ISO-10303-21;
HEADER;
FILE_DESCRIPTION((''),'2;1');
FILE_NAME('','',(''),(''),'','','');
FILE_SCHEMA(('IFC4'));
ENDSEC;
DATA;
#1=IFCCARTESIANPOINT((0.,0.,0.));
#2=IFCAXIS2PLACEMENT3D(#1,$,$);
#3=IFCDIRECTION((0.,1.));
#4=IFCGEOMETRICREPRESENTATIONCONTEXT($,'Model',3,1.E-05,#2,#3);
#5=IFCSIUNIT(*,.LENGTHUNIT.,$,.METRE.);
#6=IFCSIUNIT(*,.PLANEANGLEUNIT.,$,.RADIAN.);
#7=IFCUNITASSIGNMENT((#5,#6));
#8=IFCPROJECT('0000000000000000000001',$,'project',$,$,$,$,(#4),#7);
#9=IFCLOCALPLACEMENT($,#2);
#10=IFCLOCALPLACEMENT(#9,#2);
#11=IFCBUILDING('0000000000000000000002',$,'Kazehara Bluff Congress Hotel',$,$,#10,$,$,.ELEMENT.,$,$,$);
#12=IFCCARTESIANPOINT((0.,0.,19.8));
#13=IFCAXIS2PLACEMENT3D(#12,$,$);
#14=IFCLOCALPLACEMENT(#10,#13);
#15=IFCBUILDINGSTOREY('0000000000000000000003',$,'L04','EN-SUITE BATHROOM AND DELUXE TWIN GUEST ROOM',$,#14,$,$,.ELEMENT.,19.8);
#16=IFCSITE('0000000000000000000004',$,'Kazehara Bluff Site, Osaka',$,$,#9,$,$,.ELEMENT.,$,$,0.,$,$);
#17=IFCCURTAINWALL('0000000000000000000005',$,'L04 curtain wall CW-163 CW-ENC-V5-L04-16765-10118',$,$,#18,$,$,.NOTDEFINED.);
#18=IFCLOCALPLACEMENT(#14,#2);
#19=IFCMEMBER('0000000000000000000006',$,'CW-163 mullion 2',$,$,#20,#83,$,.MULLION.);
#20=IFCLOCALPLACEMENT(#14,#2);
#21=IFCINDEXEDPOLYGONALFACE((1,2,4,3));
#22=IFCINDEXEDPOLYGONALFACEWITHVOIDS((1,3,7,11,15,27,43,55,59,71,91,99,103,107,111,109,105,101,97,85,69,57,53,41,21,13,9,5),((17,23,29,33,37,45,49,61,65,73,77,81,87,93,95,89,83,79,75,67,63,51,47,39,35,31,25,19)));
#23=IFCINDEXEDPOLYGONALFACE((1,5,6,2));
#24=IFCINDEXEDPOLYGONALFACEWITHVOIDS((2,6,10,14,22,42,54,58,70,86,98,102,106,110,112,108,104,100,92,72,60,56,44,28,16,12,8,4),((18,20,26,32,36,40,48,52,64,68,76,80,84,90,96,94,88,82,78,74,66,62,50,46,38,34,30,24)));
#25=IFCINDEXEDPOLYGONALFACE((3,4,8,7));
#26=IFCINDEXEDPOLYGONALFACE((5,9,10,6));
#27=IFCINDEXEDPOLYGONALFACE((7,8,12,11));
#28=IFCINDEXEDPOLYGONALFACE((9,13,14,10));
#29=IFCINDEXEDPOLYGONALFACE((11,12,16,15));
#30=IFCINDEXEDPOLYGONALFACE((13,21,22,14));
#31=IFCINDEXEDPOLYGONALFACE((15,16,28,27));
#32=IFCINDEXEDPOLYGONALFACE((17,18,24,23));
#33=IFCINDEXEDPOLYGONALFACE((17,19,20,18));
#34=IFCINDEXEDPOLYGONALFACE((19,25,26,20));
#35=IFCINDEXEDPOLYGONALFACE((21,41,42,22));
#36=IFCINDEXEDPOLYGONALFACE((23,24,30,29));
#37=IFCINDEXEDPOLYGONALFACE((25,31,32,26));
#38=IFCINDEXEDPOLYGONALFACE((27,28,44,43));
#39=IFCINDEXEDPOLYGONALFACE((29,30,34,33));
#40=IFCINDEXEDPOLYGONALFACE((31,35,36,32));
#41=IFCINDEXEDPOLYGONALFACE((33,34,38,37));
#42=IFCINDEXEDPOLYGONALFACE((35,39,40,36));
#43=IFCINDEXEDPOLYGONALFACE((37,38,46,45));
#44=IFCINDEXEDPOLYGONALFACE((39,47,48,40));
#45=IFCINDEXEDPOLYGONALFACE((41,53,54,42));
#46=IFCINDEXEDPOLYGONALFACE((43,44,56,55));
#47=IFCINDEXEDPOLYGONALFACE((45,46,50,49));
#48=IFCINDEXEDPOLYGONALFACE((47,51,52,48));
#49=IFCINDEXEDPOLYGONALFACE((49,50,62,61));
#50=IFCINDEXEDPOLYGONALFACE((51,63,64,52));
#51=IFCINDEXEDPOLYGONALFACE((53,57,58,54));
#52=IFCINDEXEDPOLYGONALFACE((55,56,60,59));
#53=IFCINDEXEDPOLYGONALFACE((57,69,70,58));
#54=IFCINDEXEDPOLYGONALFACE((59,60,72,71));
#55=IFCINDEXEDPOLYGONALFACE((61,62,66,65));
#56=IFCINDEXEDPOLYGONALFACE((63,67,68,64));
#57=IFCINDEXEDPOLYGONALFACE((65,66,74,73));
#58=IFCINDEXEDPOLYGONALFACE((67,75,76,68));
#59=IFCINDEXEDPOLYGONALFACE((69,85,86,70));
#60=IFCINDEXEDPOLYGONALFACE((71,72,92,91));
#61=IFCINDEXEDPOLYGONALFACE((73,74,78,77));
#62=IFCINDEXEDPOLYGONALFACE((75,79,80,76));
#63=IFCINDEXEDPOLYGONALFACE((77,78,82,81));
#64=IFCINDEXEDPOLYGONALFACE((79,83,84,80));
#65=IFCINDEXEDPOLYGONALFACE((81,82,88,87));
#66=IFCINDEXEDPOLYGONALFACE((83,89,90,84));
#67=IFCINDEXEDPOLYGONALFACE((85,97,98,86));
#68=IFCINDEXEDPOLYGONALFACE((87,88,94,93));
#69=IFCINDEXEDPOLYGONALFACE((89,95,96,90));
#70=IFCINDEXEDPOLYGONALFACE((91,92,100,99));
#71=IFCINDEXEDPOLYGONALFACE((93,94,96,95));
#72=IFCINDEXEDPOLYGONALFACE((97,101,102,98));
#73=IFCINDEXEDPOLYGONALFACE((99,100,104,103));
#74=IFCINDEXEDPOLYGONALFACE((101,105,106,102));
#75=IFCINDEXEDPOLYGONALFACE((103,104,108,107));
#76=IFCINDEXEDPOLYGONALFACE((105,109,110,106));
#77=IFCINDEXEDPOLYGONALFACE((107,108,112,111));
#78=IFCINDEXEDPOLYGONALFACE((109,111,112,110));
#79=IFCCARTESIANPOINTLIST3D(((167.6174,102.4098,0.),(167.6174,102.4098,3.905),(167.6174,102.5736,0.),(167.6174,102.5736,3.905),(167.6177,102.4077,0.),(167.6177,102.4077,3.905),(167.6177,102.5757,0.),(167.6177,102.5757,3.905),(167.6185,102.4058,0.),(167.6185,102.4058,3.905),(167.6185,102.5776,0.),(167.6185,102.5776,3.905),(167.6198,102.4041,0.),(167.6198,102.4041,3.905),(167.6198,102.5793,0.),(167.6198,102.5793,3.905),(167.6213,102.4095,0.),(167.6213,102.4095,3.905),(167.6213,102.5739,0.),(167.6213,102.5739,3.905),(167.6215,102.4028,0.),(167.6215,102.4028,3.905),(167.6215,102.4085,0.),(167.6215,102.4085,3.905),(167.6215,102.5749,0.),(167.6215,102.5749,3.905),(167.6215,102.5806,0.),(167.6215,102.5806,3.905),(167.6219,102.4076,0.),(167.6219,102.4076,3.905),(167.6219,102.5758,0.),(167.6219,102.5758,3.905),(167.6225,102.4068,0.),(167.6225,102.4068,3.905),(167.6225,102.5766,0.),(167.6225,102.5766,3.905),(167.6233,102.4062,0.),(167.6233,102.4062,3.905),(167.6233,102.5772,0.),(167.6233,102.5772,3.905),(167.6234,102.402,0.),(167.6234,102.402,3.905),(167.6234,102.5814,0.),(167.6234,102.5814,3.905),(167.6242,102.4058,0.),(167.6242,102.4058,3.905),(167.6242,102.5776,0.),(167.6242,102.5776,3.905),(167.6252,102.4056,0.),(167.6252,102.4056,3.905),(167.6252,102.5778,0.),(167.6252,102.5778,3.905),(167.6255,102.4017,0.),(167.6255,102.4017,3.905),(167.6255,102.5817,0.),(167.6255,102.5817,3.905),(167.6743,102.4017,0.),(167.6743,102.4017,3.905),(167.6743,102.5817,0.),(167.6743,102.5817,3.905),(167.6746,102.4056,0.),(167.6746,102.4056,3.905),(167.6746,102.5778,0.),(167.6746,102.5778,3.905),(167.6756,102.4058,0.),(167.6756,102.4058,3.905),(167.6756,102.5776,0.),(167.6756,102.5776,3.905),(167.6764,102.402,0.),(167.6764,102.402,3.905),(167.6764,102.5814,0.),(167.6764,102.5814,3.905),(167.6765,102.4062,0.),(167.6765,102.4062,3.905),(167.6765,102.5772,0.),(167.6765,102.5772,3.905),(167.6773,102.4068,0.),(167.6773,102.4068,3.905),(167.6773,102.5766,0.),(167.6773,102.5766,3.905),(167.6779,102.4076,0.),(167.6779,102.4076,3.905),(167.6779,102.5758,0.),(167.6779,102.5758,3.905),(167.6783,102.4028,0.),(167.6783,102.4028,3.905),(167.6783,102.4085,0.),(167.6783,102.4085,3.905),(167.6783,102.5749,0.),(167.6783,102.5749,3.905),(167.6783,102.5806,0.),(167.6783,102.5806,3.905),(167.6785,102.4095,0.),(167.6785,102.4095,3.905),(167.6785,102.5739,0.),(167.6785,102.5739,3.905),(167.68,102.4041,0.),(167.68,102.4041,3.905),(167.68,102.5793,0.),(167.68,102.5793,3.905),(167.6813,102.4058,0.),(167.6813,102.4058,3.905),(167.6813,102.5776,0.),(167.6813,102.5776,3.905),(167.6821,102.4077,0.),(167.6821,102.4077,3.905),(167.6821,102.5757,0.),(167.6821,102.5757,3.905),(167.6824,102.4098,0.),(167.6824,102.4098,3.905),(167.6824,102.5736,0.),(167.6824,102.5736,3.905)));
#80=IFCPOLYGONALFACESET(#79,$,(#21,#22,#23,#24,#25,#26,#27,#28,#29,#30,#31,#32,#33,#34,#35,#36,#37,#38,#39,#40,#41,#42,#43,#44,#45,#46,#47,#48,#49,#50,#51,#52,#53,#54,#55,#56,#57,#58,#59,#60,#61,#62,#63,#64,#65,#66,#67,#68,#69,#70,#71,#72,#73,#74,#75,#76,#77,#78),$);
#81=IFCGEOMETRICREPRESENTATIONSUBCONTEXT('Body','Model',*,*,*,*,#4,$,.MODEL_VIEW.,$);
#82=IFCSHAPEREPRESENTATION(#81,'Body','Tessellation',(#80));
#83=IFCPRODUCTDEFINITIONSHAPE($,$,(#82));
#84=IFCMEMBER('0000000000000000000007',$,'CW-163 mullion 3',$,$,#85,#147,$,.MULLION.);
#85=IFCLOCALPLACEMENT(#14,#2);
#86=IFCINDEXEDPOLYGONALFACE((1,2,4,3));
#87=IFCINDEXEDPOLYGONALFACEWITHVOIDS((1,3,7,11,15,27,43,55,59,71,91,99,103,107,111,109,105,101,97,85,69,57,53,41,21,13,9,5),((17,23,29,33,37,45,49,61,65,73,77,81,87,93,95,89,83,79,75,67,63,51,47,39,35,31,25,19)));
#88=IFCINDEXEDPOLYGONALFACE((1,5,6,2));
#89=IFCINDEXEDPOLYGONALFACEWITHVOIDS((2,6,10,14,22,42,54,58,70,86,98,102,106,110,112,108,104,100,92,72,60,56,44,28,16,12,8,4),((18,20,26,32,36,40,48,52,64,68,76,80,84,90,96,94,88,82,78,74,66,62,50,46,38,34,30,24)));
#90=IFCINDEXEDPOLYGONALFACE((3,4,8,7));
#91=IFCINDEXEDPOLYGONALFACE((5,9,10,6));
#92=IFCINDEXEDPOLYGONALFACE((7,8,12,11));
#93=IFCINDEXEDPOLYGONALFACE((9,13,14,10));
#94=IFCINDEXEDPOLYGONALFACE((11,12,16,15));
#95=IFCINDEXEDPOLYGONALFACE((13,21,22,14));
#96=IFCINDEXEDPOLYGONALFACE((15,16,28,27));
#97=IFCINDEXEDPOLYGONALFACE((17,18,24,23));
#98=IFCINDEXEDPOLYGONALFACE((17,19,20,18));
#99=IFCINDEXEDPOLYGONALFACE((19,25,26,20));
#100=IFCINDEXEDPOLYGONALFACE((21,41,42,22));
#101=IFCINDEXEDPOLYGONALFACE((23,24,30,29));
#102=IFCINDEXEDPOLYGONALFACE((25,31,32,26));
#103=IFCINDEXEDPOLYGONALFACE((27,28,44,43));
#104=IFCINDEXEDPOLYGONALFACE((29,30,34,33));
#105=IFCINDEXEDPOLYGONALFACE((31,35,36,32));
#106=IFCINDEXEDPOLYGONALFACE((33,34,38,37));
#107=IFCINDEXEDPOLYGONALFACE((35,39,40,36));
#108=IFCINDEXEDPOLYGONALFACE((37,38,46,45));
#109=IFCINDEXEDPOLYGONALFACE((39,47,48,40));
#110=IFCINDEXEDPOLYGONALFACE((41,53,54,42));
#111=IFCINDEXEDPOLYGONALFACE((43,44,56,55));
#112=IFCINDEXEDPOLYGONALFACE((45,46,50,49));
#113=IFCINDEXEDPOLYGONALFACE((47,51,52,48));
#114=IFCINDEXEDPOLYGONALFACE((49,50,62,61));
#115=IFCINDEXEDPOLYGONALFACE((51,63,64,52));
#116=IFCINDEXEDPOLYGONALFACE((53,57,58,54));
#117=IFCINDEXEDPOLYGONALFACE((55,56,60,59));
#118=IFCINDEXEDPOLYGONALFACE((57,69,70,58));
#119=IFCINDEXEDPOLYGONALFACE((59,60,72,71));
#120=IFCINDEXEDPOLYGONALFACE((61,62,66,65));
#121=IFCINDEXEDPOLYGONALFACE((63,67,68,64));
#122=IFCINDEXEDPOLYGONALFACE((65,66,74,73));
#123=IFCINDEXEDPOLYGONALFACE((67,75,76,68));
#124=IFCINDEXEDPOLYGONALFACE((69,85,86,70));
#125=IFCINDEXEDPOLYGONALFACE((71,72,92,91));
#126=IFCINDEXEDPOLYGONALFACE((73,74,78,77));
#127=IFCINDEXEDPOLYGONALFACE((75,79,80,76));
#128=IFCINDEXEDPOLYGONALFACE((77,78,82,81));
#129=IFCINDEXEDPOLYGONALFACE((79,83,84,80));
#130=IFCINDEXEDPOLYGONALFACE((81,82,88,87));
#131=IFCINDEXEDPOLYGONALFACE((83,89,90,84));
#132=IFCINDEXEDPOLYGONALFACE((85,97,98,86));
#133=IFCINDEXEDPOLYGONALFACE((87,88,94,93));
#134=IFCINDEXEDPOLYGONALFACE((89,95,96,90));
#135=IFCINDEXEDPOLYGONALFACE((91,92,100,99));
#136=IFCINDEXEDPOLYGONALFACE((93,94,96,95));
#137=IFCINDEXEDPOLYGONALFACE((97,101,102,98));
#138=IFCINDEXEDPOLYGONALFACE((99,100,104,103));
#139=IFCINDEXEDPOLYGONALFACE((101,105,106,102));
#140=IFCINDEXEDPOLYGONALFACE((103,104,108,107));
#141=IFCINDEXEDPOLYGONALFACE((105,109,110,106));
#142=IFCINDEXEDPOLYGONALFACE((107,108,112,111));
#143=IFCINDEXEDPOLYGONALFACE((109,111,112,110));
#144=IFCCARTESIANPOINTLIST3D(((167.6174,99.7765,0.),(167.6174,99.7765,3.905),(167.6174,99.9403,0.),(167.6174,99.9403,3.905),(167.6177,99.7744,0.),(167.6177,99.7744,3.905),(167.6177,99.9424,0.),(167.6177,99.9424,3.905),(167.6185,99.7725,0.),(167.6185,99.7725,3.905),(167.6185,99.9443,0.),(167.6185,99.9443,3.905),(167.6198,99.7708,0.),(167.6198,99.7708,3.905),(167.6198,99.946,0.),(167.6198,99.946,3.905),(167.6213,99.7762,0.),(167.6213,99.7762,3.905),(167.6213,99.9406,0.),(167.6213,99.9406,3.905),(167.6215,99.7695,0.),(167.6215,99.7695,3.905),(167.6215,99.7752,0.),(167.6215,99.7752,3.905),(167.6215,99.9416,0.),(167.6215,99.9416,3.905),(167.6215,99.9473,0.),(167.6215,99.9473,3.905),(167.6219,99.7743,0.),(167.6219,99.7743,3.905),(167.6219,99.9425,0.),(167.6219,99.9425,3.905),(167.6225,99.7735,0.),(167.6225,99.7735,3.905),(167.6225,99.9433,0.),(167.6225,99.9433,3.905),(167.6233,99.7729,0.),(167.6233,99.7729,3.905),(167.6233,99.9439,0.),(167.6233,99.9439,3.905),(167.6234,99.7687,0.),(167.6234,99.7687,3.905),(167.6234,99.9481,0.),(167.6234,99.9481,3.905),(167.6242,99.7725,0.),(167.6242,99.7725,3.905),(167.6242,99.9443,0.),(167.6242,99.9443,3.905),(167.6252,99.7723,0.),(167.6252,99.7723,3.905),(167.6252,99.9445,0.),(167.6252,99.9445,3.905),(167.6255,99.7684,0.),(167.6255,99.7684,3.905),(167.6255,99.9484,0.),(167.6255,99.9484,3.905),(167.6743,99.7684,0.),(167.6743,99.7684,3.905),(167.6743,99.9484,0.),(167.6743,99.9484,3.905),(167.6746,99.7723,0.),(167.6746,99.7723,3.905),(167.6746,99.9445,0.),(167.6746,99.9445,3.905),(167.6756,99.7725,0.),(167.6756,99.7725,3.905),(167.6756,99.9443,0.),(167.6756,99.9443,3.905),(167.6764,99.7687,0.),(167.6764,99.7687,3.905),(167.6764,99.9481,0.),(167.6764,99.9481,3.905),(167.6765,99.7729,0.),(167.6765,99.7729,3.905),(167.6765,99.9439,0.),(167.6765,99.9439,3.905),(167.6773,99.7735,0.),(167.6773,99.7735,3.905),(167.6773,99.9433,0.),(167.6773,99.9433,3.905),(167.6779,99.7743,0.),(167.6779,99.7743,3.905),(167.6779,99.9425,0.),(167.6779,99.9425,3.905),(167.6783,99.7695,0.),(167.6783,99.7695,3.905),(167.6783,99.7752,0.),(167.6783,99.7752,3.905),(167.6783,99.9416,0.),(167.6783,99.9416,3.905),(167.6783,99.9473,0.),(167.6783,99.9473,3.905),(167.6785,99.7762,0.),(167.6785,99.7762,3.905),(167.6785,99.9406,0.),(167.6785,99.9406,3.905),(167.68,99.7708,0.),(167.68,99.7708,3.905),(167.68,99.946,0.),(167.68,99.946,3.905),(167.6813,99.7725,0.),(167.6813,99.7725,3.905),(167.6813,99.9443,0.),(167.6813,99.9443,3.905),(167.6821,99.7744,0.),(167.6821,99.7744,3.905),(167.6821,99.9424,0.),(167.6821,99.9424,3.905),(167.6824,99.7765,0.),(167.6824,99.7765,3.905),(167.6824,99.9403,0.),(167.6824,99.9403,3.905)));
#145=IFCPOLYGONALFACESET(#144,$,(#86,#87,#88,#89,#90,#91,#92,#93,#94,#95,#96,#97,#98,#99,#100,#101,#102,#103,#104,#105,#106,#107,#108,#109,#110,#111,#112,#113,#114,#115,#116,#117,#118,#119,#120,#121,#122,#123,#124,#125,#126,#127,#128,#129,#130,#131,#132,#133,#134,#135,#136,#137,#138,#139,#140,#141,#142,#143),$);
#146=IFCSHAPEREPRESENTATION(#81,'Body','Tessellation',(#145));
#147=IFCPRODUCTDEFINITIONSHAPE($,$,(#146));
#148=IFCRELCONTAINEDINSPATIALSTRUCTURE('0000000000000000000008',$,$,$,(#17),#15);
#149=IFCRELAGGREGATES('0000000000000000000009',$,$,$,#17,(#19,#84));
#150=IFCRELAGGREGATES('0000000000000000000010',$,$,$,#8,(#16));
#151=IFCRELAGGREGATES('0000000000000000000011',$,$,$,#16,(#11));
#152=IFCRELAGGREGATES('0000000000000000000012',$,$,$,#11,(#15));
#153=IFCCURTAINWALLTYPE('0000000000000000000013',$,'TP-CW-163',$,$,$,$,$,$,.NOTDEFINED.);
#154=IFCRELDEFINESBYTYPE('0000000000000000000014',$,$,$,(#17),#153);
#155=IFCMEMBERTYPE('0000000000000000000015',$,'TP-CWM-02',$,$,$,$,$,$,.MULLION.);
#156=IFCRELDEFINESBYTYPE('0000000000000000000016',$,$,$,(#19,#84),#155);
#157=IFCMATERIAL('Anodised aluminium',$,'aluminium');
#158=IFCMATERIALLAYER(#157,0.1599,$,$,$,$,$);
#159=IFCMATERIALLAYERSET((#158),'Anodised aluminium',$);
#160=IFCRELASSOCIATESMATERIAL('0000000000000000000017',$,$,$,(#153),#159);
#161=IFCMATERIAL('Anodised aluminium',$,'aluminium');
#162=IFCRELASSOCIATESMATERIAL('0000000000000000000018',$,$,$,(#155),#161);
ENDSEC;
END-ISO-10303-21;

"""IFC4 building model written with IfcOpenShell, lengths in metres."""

from ifc_helpers import new_model, si_unit, direction, frame, origin, origin_2d, place, context, subcontext, project, spatial, hollow_rectangle, extrude, material, layer, layer_set, material_profile, profile_set, type_object, element, aggregate, save


model = new_model("IFC4")

# Units and contexts
model_context = context("Model", 3, precision=1e-05, world=origin(), true_north=direction((0.0, 1.0)))
body_context = subcontext(model_context, "Body", "Model", "MODEL_VIEW")
ifc_project = project(units=[si_unit("LENGTHUNIT", "METRE"), si_unit("PLANEANGLEUNIT", "RADIAN")], contexts=[model_context])

# Site, building, storey
site_placement = place(None, origin())
site = spatial("IfcSite", under=ifc_project, at=site_placement, Name="Kazehara Bluff Site, Osaka", CompositionType="ELEMENT", RefElevation=0.0)
building_placement = place(site_placement, origin())
building = spatial("IfcBuilding", under=site, at=building_placement, Name="Kazehara Bluff Congress Hotel", CompositionType="ELEMENT")
storey_placement = place(building_placement, frame((0.0, 0.0, 19.8)))
storey = spatial("IfcBuildingStorey", under=building, at=storey_placement, Name="L04", Description="EN-SUITE BATHROOM AND DELUXE TWIN GUEST ROOM", CompositionType="ELEMENT", Elevation=19.8)

# Curtain wall, members
ifc_material_1 = material(Name="Anodised aluminium", Category="aluminium")
ifc_layer_1 = layer(ifc_material_1, 0.1599)
ifc_layer_set_1 = layer_set([ifc_layer_1], Name="Anodised aluminium")
curtain_wall_type_1 = type_object("IfcCurtainWallType", Name="TP-CW-163", PredefinedType="NOTDEFINED", material=ifc_layer_set_1)
curtain_wall_1_placement = place(storey_placement, origin())
curtain_wall_1 = element("IfcCurtainWall", 1, at=curtain_wall_1_placement, inside=storey, type_object=curtain_wall_type_1, Name="L04 curtain wall CW-163 CW-ENC-V5-L04-16765-10118", PredefinedType="NOTDEFINED")
ifc_material_2 = material(Name="Anodised aluminium", Category="aluminium")
ifc_material_profile_1 = material_profile(ifc_material_2, hollow_rectangle(XDim=0.0649, YDim=0.1799, WallThickness=0.0039, InnerFilletRadius=0.0039, OuterFilletRadius=0.0081, at=origin_2d()))
ifc_profile_set_1 = profile_set([ifc_material_profile_1], Name="Anodised aluminium")
member_type_1 = type_object("IfcMemberType", Name="TP-CWM-02", PredefinedType="MULLION", material=ifc_profile_set_1)
member_1_placement = place(storey_placement, frame((167.6499, 102.4917, 0.0), z_axis=(0.0, 0.0, 1.0), x_axis=(1.0, 0.0, 0.0)))
member_1 = element("IfcMember", 2, at=member_1_placement, type_object=member_type_1, Name="CW-163 mullion 2", PredefinedType="MULLION", context=body_context, shape_type="SweptSolid", body=[
    extrude(hollow_rectangle(XDim=0.0649, YDim=0.1799, WallThickness=0.0039, InnerFilletRadius=0.0039, OuterFilletRadius=0.0081, at=origin_2d()), origin(), (0.0, 0.0, 1.0), 3.905),
])
member_2_placement = place(storey_placement, frame((167.6499, 99.8584, 0.0), z_axis=(0.0, 0.0, 1.0), x_axis=(1.0, 0.0, 0.0)))
member_2 = element("IfcMember", 3, at=member_2_placement, type_object=member_type_1, Name="CW-163 mullion 3", PredefinedType="MULLION", context=body_context, shape_type="SweptSolid", body=[
    extrude(hollow_rectangle(XDim=0.0649, YDim=0.1799, WallThickness=0.0039, InnerFilletRadius=0.0039, OuterFilletRadius=0.0081, at=origin_2d()), origin(), (0.0, 0.0, 1.0), 3.905),
])

aggregate(curtain_wall_1, [member_1, member_2])

save(model, "model.ifc")
